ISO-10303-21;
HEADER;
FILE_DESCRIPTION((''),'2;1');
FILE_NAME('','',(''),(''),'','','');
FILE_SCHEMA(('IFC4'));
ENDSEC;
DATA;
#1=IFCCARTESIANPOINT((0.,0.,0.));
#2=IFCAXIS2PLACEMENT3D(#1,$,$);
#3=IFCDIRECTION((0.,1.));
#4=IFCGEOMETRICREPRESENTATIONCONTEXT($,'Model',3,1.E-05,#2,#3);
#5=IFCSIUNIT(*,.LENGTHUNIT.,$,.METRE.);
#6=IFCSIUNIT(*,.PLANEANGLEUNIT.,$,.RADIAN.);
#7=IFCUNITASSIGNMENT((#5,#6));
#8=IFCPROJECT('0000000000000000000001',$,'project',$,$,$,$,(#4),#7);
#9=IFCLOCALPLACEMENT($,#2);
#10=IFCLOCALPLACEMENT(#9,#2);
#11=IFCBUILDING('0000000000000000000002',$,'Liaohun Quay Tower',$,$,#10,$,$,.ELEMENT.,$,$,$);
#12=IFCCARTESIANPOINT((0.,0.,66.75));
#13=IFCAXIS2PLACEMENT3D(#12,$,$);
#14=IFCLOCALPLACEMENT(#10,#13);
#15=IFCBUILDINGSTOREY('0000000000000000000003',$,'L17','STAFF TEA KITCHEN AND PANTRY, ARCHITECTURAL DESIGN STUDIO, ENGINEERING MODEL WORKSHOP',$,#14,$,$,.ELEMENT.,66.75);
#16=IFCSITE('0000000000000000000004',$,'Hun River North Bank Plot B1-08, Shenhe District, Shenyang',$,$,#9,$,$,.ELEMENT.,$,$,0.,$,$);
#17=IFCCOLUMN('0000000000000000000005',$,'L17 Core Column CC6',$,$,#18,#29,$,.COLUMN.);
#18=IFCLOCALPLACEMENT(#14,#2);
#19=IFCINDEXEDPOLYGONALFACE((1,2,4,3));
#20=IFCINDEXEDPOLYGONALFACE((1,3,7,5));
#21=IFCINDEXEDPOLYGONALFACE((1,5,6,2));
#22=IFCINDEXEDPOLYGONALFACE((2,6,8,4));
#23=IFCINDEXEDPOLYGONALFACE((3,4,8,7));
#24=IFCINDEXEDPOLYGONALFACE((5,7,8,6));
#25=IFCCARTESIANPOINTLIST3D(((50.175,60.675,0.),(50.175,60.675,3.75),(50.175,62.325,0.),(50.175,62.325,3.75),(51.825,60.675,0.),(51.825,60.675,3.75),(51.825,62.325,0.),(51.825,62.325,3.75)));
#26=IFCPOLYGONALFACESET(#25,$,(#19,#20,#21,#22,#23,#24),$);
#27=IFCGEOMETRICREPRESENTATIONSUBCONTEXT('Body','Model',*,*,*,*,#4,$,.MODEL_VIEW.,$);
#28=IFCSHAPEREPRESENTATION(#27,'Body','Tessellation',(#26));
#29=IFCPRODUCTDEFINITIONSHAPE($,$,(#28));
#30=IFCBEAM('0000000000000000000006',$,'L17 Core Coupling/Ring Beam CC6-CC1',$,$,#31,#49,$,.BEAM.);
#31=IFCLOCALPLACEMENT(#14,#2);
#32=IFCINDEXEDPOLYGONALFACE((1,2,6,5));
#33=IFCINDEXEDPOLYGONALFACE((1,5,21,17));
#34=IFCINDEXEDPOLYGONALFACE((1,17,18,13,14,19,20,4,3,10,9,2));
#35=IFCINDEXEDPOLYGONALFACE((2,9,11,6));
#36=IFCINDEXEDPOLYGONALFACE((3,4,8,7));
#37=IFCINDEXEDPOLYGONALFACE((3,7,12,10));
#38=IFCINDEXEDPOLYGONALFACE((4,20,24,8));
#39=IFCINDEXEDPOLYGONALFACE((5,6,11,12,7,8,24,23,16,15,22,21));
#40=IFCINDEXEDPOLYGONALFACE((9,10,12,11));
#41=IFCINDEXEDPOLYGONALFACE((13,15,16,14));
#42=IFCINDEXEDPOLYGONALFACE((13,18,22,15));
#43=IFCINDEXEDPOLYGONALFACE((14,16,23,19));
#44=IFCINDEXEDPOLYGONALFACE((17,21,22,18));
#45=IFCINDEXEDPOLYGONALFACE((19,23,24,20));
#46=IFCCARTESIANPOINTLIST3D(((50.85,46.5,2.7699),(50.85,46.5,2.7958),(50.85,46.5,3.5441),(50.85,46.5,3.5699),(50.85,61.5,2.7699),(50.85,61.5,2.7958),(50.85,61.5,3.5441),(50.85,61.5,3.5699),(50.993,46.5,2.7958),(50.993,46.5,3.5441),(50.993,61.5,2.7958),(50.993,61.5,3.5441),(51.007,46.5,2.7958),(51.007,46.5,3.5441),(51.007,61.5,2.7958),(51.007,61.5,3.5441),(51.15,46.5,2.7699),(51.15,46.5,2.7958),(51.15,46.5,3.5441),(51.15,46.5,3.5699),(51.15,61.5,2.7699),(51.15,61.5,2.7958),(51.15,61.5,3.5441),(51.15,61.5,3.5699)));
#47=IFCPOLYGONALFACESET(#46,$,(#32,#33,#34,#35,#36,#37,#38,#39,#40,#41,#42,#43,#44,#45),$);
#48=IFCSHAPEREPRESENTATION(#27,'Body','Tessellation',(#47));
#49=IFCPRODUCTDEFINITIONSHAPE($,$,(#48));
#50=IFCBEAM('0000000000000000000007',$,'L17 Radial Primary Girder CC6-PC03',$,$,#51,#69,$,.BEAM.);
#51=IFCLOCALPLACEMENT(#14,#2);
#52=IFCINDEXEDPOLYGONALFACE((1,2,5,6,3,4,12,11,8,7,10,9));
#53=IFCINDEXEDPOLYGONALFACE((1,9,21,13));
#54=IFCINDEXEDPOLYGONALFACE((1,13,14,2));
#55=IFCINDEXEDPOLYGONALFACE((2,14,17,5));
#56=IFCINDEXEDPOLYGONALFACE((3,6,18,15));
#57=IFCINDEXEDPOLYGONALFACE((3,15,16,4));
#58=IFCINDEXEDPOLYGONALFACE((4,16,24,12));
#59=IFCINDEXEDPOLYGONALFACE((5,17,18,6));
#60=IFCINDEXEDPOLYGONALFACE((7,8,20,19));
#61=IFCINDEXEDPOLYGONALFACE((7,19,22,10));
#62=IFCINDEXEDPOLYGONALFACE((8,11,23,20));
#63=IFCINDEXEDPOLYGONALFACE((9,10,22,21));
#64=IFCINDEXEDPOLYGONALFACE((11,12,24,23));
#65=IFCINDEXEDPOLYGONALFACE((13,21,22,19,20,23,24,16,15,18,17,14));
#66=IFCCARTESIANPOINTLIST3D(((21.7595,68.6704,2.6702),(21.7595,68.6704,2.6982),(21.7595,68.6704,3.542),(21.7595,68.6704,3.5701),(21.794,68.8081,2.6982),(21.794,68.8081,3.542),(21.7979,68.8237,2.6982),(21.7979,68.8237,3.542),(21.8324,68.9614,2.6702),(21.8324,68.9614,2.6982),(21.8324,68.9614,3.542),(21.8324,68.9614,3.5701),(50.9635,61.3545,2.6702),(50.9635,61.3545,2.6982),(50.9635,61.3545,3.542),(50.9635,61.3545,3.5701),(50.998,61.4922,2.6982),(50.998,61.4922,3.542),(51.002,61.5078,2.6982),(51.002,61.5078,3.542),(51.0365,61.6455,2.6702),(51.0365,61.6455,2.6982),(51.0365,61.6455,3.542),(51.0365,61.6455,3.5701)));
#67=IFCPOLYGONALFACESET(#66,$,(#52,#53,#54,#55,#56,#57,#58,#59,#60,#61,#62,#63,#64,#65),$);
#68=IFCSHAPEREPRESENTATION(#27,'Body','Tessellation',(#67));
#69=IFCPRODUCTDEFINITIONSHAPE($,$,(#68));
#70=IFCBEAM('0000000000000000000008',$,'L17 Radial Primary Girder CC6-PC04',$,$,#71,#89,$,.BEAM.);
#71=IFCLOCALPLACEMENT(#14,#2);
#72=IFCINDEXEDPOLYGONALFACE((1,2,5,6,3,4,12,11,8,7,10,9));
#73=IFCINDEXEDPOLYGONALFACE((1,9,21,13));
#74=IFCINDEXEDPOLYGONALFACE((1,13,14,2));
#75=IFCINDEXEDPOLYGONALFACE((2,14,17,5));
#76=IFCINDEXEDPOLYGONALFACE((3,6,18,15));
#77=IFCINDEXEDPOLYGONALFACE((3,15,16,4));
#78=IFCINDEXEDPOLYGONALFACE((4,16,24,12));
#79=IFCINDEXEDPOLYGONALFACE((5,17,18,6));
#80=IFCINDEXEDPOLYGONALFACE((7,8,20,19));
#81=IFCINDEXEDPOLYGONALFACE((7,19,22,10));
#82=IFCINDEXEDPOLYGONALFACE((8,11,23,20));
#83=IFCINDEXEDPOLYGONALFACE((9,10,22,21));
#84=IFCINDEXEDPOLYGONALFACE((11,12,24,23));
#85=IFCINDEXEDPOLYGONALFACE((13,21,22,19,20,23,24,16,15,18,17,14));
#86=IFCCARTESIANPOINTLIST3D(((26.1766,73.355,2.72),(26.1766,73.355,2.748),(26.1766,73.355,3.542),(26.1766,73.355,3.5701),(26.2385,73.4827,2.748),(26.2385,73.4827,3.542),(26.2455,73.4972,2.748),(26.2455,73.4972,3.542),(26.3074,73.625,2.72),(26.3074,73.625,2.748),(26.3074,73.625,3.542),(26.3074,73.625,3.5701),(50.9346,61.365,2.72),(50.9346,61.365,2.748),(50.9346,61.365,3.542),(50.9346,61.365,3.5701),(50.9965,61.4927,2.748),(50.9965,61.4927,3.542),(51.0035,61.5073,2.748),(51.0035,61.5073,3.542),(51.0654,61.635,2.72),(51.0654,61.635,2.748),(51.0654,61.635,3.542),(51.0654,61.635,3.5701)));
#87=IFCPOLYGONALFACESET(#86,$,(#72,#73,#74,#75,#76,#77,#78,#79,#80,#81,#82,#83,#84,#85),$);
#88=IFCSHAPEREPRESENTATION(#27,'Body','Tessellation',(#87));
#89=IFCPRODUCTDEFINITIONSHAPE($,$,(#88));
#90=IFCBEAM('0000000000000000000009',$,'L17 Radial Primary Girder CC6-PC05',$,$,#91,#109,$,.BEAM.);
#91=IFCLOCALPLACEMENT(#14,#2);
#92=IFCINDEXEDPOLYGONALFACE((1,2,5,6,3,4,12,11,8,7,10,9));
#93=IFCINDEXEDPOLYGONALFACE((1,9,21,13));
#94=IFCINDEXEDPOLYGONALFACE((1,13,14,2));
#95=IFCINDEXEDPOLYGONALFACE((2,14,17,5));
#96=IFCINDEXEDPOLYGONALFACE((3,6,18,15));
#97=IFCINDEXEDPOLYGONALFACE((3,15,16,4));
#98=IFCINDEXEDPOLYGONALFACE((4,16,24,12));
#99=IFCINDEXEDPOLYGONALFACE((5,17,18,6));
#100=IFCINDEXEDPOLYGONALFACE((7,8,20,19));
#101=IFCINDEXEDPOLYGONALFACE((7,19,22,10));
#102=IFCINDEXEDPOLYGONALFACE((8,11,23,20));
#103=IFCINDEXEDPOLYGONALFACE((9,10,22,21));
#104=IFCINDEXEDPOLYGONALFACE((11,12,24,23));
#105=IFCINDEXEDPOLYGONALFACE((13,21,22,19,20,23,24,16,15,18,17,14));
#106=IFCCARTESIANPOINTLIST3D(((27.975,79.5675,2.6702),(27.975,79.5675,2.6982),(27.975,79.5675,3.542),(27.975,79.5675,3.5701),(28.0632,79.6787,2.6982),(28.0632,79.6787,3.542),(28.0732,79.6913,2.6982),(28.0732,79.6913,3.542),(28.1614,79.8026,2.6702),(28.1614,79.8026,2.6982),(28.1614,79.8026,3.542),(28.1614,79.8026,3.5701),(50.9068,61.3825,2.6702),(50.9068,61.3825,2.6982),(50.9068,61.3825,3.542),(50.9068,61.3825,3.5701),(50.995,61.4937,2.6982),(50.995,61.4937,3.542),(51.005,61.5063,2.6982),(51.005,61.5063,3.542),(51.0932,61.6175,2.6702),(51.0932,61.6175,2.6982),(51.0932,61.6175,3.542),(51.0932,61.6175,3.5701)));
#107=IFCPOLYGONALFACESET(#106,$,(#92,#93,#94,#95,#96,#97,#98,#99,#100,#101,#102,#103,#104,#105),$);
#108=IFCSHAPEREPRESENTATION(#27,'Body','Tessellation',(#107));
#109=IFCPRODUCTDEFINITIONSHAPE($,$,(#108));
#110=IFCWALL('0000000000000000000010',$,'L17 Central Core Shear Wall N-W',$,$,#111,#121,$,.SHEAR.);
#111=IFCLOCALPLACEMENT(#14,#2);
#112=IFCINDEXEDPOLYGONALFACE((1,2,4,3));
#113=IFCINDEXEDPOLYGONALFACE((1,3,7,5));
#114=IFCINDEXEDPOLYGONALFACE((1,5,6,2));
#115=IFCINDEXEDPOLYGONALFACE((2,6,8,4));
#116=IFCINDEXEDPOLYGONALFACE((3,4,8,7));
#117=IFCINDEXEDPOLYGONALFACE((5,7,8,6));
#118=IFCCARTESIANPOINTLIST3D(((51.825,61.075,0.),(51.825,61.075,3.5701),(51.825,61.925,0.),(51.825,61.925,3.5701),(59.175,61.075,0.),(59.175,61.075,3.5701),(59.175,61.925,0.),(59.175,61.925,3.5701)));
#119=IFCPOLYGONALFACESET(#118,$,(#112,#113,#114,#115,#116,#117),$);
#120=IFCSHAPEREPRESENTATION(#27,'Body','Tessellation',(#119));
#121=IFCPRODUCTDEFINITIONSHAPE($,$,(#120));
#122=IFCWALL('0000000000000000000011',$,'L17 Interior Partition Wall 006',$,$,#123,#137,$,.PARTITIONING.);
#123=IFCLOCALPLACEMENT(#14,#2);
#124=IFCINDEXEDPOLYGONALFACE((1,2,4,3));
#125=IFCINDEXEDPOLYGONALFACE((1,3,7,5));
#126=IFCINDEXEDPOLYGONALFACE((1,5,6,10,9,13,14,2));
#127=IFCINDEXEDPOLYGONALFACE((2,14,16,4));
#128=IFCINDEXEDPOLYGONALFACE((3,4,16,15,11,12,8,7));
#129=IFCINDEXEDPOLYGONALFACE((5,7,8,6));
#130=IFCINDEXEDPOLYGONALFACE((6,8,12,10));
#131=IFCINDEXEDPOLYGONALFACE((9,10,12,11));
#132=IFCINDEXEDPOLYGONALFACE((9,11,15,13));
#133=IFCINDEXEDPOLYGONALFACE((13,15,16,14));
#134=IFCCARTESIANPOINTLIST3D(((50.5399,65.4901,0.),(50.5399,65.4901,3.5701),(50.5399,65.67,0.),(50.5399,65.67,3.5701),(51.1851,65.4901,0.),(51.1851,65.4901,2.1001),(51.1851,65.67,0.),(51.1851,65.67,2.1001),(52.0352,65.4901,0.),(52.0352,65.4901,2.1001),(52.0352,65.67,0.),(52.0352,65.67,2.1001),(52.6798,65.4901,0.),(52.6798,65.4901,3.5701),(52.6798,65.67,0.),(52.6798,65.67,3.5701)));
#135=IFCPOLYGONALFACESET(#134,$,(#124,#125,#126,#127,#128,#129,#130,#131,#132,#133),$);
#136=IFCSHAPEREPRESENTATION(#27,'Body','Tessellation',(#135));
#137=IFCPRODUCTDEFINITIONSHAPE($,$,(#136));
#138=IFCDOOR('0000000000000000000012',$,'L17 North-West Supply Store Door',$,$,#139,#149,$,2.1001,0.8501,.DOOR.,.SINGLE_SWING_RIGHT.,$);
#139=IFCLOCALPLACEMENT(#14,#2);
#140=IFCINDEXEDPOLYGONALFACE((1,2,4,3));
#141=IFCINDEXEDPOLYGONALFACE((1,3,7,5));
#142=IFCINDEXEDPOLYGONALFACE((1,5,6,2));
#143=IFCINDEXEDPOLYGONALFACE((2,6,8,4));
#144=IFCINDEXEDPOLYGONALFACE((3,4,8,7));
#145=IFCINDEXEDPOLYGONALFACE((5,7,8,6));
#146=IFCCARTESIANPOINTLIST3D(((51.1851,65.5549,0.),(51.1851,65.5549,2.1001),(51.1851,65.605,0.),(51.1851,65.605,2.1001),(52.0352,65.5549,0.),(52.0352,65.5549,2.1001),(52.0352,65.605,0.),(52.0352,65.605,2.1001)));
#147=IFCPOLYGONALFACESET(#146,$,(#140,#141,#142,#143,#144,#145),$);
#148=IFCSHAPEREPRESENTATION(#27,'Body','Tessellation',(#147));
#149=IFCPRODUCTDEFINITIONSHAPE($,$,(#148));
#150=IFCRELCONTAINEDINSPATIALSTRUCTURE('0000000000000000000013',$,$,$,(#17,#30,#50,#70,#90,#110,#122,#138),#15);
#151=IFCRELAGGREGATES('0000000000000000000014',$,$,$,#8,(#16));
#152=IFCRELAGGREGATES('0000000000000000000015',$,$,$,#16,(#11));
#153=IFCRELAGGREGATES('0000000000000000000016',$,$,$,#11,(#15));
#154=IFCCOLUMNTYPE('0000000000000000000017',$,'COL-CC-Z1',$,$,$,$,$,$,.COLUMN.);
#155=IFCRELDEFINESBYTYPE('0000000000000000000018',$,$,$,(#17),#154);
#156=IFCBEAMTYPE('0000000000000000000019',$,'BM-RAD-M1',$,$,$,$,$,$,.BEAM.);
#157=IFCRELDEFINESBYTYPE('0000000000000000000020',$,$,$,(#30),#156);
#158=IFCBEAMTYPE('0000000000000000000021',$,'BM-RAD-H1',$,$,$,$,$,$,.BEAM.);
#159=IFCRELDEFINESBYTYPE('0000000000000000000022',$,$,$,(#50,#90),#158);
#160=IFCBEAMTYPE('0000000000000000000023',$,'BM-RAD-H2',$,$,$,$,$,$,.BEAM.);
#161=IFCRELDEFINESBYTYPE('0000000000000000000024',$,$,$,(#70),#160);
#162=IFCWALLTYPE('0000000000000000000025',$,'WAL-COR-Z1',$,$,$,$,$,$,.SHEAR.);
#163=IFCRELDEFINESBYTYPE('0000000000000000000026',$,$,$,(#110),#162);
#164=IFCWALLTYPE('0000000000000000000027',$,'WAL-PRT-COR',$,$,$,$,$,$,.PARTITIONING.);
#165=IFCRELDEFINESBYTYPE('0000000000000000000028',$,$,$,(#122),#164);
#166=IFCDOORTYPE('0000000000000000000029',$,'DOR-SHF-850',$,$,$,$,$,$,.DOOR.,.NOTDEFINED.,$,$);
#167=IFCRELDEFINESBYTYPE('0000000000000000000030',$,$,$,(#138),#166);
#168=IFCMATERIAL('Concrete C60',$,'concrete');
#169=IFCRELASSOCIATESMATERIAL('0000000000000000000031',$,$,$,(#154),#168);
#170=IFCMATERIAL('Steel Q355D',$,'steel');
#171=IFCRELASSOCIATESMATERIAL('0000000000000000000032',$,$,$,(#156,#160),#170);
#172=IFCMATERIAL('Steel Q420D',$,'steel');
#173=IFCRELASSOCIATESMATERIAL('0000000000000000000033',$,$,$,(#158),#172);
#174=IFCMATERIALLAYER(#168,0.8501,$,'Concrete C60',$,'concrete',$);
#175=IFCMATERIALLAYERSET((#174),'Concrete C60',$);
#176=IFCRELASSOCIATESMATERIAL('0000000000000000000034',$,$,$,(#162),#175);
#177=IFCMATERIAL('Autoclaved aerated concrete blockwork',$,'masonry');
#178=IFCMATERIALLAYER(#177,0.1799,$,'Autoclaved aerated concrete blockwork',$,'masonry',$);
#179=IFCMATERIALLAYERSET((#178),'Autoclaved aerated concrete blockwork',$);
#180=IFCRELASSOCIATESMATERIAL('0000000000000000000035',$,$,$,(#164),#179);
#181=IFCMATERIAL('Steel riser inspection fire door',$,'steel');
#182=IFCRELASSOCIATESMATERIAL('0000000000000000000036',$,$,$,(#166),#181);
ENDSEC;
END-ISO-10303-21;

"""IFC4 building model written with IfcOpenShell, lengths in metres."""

from ifc_helpers import new_model, si_unit, direction, frame, frame_2d, origin, origin_2d, place, context, subcontext, project, spatial, rectangle, i_section, extrude, source, transform, mapped, material, layer, layer_set, material_profile, profile_set, type_object, element, fill, save


model = new_model("IFC4")

# Units and contexts
model_context = context("Model", 3, precision=1e-05, world=origin(), true_north=direction((0.0, 1.0)))
body_context = subcontext(model_context, "Body", "Model", "MODEL_VIEW")
ifc_project = project(units=[si_unit("LENGTHUNIT", "METRE"), si_unit("PLANEANGLEUNIT", "RADIAN")], contexts=[model_context])

# Site, building, storey
site_placement = place(None, origin())
site = spatial("IfcSite", under=ifc_project, at=site_placement, Name="Hun River North Bank Plot B1-08, Shenhe District, Shenyang", CompositionType="ELEMENT", RefElevation=0.0)
building_placement = place(site_placement, origin())
building = spatial("IfcBuilding", under=site, at=building_placement, Name="Liaohun Quay Tower", CompositionType="ELEMENT")
storey_placement = place(building_placement, frame((0.0, 0.0, 66.75)))
storey = spatial("IfcBuildingStorey", under=building, at=storey_placement, Name="L17", Description="STAFF TEA KITCHEN AND PANTRY, ARCHITECTURAL DESIGN STUDIO, ENGINEERING MODEL WORKSHOP", CompositionType="ELEMENT", Elevation=66.75)

# Column
ifc_material_1 = material(Name="Concrete C60", Category="concrete")
ifc_material_profile_1 = material_profile(ifc_material_1, rectangle(XDim=1.6499, YDim=1.6499, at=origin_2d()), Name="RC1650x1650")
ifc_profile_set_1 = profile_set([ifc_material_profile_1], Name="Concrete C60")
column_type = type_object("IfcColumnType", Name="COL-CC-Z1", PredefinedType="COLUMN", material=ifc_profile_set_1)
shared_shape_1 = source(origin(), body_context, "Body", "SweptSolid", [
    extrude(rectangle(XDim=1.6499, YDim=1.6499, at=origin_2d()), origin(), (0.0, 0.0, 1.0), 3.75),
])
column_placement = place(storey_placement, frame((51.0, 61.5, 0.0), z_axis=(0.0, 0.0, 1.0), x_axis=(1.0, 0.0, 0.0)))
element("IfcColumn", 1, at=column_placement, inside=storey, type_object=column_type, Name="L17 Core Column CC6", PredefinedType="COLUMN", context=body_context, shape_type="MappedRepresentation", body=[
    mapped(shared_shape_1, transform((0.0, 0.0, 0.0), x_axis=(1.0, 0.0, 0.0), y_axis=(0.0, 1.0, 0.0), z_axis=(0.0, 0.0, 1.0), scale=1.0)),
])

# Beams
ifc_material_2 = material(Name="Steel Q355D", Category="steel")
ifc_material_profile_2 = material_profile(ifc_material_2, i_section(OverallWidth=0.3, OverallDepth=0.8, WebThickness=0.0139, FlangeThickness=0.0259, at=origin_2d()), Name="HN800x300x14x26")
ifc_profile_set_2 = profile_set([ifc_material_profile_2], Name="Steel Q355D")
beam_type_1 = type_object("IfcBeamType", Name="BM-RAD-M1", PredefinedType="BEAM", material=ifc_profile_set_2)
shared_shape_2 = source(origin(), body_context, "Body", "SweptSolid", [
    extrude(i_section(OverallWidth=0.3, OverallDepth=0.8, WebThickness=0.0139, FlangeThickness=0.0259, at=origin_2d()), origin(), (0.0, 0.0, 1.0), 15.0),
])
beam_1_placement = place(storey_placement, frame((51.0, 61.5, 3.1699), z_axis=(0.0, -1.0, 0.0), x_axis=(1.0, 0.0, 0.0)))
element("IfcBeam", 2, at=beam_1_placement, inside=storey, type_object=beam_type_1, Name="L17 Core Coupling/Ring Beam CC6-CC1", PredefinedType="BEAM", context=body_context, shape_type="MappedRepresentation", body=[
    mapped(shared_shape_2, transform((0.0, 0.0, 0.0), x_axis=(1.0, 0.0, 0.0), y_axis=(0.0, 1.0, 0.0), z_axis=(0.0, 0.0, 1.0), scale=1.0)),
])
ifc_material_3 = material(Name="Steel Q420D", Category="steel")
ifc_material_profile_3 = material_profile(ifc_material_3, i_section(OverallWidth=0.3, OverallDepth=0.8999, WebThickness=0.0161, FlangeThickness=0.0281, at=origin_2d()), Name="HN900x300x16x28")
ifc_profile_set_3 = profile_set([ifc_material_profile_3], Name="Steel Q420D")
beam_type_2 = type_object("IfcBeamType", Name="BM-RAD-H1", PredefinedType="BEAM", material=ifc_profile_set_3)
shared_shape_3 = source(origin(), body_context, "Body", "SweptSolid", [
    extrude(i_section(OverallWidth=0.3, OverallDepth=0.8999, WebThickness=0.0161, FlangeThickness=0.0281, at=origin_2d()), origin(), (0.0, 0.0, 1.0), 30.1064),
])
beam_2_placement = place(storey_placement, frame((51.0, 61.5, 3.1201), z_axis=(-0.970026, 0.243001, 0.0), x_axis=(-0.243001, -0.970026, 0.0)))
element("IfcBeam", 3, at=beam_2_placement, inside=storey, type_object=beam_type_2, Name="L17 Radial Primary Girder CC6-PC03", PredefinedType="BEAM", context=body_context, shape_type="MappedRepresentation", body=[
    mapped(shared_shape_3, transform((0.0, 0.0, 0.0), x_axis=(1.0, 0.0, 0.0), y_axis=(0.0, 1.0, 0.0), z_axis=(0.0, 0.0, 1.0), scale=1.0)),
])
ifc_material_profile_4 = material_profile(ifc_material_2, i_section(OverallWidth=0.3, OverallDepth=0.8501, WebThickness=0.0161, FlangeThickness=0.0281, at=origin_2d()), Name="HN850x300x16x28")
ifc_profile_set_4 = profile_set([ifc_material_profile_4], Name="Steel Q355D")
beam_type_3 = type_object("IfcBeamType", Name="BM-RAD-H2", PredefinedType="BEAM", material=ifc_profile_set_4)
shared_shape_4 = source(origin(), body_context, "Body", "SweptSolid", [
    extrude(i_section(OverallWidth=0.3, OverallDepth=0.8501, WebThickness=0.0161, FlangeThickness=0.0281, at=origin_2d()), origin(), (0.0, 0.0, 1.0), 27.5085),
])
beam_3_placement = place(storey_placement, frame((51.0, 61.5, 3.145), z_axis=(-0.900013, 0.435864, 0.0), x_axis=(-0.435864, -0.900013, 0.0)))
element("IfcBeam", 4, at=beam_3_placement, inside=storey, type_object=beam_type_3, Name="L17 Radial Primary Girder CC6-PC04", PredefinedType="BEAM", context=body_context, shape_type="MappedRepresentation", body=[
    mapped(shared_shape_4, transform((0.0, 0.0, 0.0), x_axis=(1.0, 0.0, 0.0), y_axis=(0.0, 1.0, 0.0), z_axis=(0.0, 0.0, 1.0), scale=1.0)),
])
shared_shape_5 = source(origin(), body_context, "Body", "SweptSolid", [
    extrude(i_section(OverallWidth=0.3, OverallDepth=0.8999, WebThickness=0.0161, FlangeThickness=0.0281, at=origin_2d()), origin(), (0.0, 0.0, 1.0), 29.2671),
])
beam_4_placement = place(storey_placement, frame((51.0, 61.5, 3.1201), z_axis=(-0.783536, 0.621347, 0.0), x_axis=(-0.621347, -0.783536, 0.0)))
element("IfcBeam", 5, at=beam_4_placement, inside=storey, type_object=beam_type_2, Name="L17 Radial Primary Girder CC6-PC05", PredefinedType="BEAM", context=body_context, shape_type="MappedRepresentation", body=[
    mapped(shared_shape_5, transform((0.0, 0.0, 0.0), x_axis=(1.0, 0.0, 0.0), y_axis=(0.0, 1.0, 0.0), z_axis=(0.0, 0.0, 1.0), scale=1.0)),
])

# Wall
ifc_layer_1 = layer(ifc_material_1, 0.8501, Name="Concrete C60", Category="concrete")
ifc_layer_set_1 = layer_set([ifc_layer_1], Name="Concrete C60")
wall_type_1 = type_object("IfcWallType", Name="WAL-COR-Z1", PredefinedType="SHEAR", material=ifc_layer_set_1)
wall_1_placement = place(storey_placement, frame((51.825, 61.5, 0.0), z_axis=(0.0, 0.0, 1.0), x_axis=(1.0, 0.0, 0.0)))
element("IfcWall", 6, at=wall_1_placement, inside=storey, type_object=wall_type_1, Name="L17 Central Core Shear Wall N-W", PredefinedType="SHEAR", context=body_context, shape_type="SweptSolid", body=[
    extrude(rectangle(XDim=7.3501, YDim=0.8501, at=frame_2d((3.675, 0.0))), origin(), (0.0, 0.0, 1.0), 3.5701),
])

# Wall, opening, door
ifc_material_4 = material(Name="Autoclaved aerated concrete blockwork", Category="masonry")
ifc_layer_2 = layer(ifc_material_4, 0.1799, Name="Autoclaved aerated concrete blockwork", Category="masonry")
ifc_layer_set_2 = layer_set([ifc_layer_2], Name="Autoclaved aerated concrete blockwork")
wall_type_2 = type_object("IfcWallType", Name="WAL-PRT-COR", PredefinedType="PARTITIONING", material=ifc_layer_set_2)
wall_2_placement = place(storey_placement, frame((50.54, 65.5801, 0.0), z_axis=(0.0, 0.0, 1.0), x_axis=(1.0, 0.0, 0.0)))
wall_2 = element("IfcWall", 7, at=wall_2_placement, inside=storey, type_object=wall_type_2, Name="L17 Interior Partition Wall 006", PredefinedType="PARTITIONING", context=body_context, shape_type="SweptSolid", body=[
    extrude(rectangle(XDim=2.1399, YDim=0.1799, at=frame_2d((1.0698, 0.0))), origin(), (0.0, 0.0, 1.0), 3.5701),
])
shared_shape_6 = source(origin(), body_context, "Body", "SweptSolid", [
    extrude(rectangle(XDim=0.8501, YDim=2.1001, at=frame_2d((0.425, 1.05))), frame((0.0, 0.0999, 0.0), z_axis=(0.0, -1.0, 0.0), x_axis=(1.0, 0.0, 0.0)), (0.0, 0.0, 1.0), 0.2),
])
opening_1_placement = place(wall_2_placement, frame((0.645, 0.0, 0.0)))
opening_1 = element("IfcOpeningElement", 8, at=opening_1_placement, cuts=wall_2, PredefinedType="OPENING", context=body_context, shape_type="MappedRepresentation", body=[
    mapped(shared_shape_6, transform((0.0, 0.0, 0.0), x_axis=(1.0, 0.0, 0.0), y_axis=(0.0, 1.0, 0.0), z_axis=(0.0, 0.0, 1.0), scale=1.0)),
])
ifc_material_5 = material(Name="Steel riser inspection fire door", Category="steel")
door_type_1 = type_object("IfcDoorType", Name="DOR-SHF-850", OperationType="NOTDEFINED", PredefinedType="DOOR", material=ifc_material_5)
shared_shape_7 = source(origin(), body_context, "Body", "SweptSolid", [
    extrude(rectangle(XDim=0.8501, YDim=2.1001, at=frame_2d((0.425, 1.05))), frame((0.0, 0.0249, 0.0), z_axis=(0.0, -1.0, 0.0), x_axis=(1.0, 0.0, 0.0)), (0.0, 0.0, 1.0), 0.05),
])
door_1_placement = place(opening_1_placement, origin())
door_1 = element("IfcDoor", 9, at=door_1_placement, inside=storey, type_object=door_type_1, Name="L17 North-West Supply Store Door", OperationType="SINGLE_SWING_RIGHT", OverallHeight=2.1001, OverallWidth=0.8501, PredefinedType="DOOR", context=body_context, shape_type="MappedRepresentation", body=[
    mapped(shared_shape_7, transform((0.0, 0.0, 0.0), x_axis=(1.0, 0.0, 0.0), y_axis=(0.0, 1.0, 0.0), z_axis=(0.0, 0.0, 1.0), scale=1.0)),
])
fill(opening_1, door_1)

save(model, "model.ifc")
